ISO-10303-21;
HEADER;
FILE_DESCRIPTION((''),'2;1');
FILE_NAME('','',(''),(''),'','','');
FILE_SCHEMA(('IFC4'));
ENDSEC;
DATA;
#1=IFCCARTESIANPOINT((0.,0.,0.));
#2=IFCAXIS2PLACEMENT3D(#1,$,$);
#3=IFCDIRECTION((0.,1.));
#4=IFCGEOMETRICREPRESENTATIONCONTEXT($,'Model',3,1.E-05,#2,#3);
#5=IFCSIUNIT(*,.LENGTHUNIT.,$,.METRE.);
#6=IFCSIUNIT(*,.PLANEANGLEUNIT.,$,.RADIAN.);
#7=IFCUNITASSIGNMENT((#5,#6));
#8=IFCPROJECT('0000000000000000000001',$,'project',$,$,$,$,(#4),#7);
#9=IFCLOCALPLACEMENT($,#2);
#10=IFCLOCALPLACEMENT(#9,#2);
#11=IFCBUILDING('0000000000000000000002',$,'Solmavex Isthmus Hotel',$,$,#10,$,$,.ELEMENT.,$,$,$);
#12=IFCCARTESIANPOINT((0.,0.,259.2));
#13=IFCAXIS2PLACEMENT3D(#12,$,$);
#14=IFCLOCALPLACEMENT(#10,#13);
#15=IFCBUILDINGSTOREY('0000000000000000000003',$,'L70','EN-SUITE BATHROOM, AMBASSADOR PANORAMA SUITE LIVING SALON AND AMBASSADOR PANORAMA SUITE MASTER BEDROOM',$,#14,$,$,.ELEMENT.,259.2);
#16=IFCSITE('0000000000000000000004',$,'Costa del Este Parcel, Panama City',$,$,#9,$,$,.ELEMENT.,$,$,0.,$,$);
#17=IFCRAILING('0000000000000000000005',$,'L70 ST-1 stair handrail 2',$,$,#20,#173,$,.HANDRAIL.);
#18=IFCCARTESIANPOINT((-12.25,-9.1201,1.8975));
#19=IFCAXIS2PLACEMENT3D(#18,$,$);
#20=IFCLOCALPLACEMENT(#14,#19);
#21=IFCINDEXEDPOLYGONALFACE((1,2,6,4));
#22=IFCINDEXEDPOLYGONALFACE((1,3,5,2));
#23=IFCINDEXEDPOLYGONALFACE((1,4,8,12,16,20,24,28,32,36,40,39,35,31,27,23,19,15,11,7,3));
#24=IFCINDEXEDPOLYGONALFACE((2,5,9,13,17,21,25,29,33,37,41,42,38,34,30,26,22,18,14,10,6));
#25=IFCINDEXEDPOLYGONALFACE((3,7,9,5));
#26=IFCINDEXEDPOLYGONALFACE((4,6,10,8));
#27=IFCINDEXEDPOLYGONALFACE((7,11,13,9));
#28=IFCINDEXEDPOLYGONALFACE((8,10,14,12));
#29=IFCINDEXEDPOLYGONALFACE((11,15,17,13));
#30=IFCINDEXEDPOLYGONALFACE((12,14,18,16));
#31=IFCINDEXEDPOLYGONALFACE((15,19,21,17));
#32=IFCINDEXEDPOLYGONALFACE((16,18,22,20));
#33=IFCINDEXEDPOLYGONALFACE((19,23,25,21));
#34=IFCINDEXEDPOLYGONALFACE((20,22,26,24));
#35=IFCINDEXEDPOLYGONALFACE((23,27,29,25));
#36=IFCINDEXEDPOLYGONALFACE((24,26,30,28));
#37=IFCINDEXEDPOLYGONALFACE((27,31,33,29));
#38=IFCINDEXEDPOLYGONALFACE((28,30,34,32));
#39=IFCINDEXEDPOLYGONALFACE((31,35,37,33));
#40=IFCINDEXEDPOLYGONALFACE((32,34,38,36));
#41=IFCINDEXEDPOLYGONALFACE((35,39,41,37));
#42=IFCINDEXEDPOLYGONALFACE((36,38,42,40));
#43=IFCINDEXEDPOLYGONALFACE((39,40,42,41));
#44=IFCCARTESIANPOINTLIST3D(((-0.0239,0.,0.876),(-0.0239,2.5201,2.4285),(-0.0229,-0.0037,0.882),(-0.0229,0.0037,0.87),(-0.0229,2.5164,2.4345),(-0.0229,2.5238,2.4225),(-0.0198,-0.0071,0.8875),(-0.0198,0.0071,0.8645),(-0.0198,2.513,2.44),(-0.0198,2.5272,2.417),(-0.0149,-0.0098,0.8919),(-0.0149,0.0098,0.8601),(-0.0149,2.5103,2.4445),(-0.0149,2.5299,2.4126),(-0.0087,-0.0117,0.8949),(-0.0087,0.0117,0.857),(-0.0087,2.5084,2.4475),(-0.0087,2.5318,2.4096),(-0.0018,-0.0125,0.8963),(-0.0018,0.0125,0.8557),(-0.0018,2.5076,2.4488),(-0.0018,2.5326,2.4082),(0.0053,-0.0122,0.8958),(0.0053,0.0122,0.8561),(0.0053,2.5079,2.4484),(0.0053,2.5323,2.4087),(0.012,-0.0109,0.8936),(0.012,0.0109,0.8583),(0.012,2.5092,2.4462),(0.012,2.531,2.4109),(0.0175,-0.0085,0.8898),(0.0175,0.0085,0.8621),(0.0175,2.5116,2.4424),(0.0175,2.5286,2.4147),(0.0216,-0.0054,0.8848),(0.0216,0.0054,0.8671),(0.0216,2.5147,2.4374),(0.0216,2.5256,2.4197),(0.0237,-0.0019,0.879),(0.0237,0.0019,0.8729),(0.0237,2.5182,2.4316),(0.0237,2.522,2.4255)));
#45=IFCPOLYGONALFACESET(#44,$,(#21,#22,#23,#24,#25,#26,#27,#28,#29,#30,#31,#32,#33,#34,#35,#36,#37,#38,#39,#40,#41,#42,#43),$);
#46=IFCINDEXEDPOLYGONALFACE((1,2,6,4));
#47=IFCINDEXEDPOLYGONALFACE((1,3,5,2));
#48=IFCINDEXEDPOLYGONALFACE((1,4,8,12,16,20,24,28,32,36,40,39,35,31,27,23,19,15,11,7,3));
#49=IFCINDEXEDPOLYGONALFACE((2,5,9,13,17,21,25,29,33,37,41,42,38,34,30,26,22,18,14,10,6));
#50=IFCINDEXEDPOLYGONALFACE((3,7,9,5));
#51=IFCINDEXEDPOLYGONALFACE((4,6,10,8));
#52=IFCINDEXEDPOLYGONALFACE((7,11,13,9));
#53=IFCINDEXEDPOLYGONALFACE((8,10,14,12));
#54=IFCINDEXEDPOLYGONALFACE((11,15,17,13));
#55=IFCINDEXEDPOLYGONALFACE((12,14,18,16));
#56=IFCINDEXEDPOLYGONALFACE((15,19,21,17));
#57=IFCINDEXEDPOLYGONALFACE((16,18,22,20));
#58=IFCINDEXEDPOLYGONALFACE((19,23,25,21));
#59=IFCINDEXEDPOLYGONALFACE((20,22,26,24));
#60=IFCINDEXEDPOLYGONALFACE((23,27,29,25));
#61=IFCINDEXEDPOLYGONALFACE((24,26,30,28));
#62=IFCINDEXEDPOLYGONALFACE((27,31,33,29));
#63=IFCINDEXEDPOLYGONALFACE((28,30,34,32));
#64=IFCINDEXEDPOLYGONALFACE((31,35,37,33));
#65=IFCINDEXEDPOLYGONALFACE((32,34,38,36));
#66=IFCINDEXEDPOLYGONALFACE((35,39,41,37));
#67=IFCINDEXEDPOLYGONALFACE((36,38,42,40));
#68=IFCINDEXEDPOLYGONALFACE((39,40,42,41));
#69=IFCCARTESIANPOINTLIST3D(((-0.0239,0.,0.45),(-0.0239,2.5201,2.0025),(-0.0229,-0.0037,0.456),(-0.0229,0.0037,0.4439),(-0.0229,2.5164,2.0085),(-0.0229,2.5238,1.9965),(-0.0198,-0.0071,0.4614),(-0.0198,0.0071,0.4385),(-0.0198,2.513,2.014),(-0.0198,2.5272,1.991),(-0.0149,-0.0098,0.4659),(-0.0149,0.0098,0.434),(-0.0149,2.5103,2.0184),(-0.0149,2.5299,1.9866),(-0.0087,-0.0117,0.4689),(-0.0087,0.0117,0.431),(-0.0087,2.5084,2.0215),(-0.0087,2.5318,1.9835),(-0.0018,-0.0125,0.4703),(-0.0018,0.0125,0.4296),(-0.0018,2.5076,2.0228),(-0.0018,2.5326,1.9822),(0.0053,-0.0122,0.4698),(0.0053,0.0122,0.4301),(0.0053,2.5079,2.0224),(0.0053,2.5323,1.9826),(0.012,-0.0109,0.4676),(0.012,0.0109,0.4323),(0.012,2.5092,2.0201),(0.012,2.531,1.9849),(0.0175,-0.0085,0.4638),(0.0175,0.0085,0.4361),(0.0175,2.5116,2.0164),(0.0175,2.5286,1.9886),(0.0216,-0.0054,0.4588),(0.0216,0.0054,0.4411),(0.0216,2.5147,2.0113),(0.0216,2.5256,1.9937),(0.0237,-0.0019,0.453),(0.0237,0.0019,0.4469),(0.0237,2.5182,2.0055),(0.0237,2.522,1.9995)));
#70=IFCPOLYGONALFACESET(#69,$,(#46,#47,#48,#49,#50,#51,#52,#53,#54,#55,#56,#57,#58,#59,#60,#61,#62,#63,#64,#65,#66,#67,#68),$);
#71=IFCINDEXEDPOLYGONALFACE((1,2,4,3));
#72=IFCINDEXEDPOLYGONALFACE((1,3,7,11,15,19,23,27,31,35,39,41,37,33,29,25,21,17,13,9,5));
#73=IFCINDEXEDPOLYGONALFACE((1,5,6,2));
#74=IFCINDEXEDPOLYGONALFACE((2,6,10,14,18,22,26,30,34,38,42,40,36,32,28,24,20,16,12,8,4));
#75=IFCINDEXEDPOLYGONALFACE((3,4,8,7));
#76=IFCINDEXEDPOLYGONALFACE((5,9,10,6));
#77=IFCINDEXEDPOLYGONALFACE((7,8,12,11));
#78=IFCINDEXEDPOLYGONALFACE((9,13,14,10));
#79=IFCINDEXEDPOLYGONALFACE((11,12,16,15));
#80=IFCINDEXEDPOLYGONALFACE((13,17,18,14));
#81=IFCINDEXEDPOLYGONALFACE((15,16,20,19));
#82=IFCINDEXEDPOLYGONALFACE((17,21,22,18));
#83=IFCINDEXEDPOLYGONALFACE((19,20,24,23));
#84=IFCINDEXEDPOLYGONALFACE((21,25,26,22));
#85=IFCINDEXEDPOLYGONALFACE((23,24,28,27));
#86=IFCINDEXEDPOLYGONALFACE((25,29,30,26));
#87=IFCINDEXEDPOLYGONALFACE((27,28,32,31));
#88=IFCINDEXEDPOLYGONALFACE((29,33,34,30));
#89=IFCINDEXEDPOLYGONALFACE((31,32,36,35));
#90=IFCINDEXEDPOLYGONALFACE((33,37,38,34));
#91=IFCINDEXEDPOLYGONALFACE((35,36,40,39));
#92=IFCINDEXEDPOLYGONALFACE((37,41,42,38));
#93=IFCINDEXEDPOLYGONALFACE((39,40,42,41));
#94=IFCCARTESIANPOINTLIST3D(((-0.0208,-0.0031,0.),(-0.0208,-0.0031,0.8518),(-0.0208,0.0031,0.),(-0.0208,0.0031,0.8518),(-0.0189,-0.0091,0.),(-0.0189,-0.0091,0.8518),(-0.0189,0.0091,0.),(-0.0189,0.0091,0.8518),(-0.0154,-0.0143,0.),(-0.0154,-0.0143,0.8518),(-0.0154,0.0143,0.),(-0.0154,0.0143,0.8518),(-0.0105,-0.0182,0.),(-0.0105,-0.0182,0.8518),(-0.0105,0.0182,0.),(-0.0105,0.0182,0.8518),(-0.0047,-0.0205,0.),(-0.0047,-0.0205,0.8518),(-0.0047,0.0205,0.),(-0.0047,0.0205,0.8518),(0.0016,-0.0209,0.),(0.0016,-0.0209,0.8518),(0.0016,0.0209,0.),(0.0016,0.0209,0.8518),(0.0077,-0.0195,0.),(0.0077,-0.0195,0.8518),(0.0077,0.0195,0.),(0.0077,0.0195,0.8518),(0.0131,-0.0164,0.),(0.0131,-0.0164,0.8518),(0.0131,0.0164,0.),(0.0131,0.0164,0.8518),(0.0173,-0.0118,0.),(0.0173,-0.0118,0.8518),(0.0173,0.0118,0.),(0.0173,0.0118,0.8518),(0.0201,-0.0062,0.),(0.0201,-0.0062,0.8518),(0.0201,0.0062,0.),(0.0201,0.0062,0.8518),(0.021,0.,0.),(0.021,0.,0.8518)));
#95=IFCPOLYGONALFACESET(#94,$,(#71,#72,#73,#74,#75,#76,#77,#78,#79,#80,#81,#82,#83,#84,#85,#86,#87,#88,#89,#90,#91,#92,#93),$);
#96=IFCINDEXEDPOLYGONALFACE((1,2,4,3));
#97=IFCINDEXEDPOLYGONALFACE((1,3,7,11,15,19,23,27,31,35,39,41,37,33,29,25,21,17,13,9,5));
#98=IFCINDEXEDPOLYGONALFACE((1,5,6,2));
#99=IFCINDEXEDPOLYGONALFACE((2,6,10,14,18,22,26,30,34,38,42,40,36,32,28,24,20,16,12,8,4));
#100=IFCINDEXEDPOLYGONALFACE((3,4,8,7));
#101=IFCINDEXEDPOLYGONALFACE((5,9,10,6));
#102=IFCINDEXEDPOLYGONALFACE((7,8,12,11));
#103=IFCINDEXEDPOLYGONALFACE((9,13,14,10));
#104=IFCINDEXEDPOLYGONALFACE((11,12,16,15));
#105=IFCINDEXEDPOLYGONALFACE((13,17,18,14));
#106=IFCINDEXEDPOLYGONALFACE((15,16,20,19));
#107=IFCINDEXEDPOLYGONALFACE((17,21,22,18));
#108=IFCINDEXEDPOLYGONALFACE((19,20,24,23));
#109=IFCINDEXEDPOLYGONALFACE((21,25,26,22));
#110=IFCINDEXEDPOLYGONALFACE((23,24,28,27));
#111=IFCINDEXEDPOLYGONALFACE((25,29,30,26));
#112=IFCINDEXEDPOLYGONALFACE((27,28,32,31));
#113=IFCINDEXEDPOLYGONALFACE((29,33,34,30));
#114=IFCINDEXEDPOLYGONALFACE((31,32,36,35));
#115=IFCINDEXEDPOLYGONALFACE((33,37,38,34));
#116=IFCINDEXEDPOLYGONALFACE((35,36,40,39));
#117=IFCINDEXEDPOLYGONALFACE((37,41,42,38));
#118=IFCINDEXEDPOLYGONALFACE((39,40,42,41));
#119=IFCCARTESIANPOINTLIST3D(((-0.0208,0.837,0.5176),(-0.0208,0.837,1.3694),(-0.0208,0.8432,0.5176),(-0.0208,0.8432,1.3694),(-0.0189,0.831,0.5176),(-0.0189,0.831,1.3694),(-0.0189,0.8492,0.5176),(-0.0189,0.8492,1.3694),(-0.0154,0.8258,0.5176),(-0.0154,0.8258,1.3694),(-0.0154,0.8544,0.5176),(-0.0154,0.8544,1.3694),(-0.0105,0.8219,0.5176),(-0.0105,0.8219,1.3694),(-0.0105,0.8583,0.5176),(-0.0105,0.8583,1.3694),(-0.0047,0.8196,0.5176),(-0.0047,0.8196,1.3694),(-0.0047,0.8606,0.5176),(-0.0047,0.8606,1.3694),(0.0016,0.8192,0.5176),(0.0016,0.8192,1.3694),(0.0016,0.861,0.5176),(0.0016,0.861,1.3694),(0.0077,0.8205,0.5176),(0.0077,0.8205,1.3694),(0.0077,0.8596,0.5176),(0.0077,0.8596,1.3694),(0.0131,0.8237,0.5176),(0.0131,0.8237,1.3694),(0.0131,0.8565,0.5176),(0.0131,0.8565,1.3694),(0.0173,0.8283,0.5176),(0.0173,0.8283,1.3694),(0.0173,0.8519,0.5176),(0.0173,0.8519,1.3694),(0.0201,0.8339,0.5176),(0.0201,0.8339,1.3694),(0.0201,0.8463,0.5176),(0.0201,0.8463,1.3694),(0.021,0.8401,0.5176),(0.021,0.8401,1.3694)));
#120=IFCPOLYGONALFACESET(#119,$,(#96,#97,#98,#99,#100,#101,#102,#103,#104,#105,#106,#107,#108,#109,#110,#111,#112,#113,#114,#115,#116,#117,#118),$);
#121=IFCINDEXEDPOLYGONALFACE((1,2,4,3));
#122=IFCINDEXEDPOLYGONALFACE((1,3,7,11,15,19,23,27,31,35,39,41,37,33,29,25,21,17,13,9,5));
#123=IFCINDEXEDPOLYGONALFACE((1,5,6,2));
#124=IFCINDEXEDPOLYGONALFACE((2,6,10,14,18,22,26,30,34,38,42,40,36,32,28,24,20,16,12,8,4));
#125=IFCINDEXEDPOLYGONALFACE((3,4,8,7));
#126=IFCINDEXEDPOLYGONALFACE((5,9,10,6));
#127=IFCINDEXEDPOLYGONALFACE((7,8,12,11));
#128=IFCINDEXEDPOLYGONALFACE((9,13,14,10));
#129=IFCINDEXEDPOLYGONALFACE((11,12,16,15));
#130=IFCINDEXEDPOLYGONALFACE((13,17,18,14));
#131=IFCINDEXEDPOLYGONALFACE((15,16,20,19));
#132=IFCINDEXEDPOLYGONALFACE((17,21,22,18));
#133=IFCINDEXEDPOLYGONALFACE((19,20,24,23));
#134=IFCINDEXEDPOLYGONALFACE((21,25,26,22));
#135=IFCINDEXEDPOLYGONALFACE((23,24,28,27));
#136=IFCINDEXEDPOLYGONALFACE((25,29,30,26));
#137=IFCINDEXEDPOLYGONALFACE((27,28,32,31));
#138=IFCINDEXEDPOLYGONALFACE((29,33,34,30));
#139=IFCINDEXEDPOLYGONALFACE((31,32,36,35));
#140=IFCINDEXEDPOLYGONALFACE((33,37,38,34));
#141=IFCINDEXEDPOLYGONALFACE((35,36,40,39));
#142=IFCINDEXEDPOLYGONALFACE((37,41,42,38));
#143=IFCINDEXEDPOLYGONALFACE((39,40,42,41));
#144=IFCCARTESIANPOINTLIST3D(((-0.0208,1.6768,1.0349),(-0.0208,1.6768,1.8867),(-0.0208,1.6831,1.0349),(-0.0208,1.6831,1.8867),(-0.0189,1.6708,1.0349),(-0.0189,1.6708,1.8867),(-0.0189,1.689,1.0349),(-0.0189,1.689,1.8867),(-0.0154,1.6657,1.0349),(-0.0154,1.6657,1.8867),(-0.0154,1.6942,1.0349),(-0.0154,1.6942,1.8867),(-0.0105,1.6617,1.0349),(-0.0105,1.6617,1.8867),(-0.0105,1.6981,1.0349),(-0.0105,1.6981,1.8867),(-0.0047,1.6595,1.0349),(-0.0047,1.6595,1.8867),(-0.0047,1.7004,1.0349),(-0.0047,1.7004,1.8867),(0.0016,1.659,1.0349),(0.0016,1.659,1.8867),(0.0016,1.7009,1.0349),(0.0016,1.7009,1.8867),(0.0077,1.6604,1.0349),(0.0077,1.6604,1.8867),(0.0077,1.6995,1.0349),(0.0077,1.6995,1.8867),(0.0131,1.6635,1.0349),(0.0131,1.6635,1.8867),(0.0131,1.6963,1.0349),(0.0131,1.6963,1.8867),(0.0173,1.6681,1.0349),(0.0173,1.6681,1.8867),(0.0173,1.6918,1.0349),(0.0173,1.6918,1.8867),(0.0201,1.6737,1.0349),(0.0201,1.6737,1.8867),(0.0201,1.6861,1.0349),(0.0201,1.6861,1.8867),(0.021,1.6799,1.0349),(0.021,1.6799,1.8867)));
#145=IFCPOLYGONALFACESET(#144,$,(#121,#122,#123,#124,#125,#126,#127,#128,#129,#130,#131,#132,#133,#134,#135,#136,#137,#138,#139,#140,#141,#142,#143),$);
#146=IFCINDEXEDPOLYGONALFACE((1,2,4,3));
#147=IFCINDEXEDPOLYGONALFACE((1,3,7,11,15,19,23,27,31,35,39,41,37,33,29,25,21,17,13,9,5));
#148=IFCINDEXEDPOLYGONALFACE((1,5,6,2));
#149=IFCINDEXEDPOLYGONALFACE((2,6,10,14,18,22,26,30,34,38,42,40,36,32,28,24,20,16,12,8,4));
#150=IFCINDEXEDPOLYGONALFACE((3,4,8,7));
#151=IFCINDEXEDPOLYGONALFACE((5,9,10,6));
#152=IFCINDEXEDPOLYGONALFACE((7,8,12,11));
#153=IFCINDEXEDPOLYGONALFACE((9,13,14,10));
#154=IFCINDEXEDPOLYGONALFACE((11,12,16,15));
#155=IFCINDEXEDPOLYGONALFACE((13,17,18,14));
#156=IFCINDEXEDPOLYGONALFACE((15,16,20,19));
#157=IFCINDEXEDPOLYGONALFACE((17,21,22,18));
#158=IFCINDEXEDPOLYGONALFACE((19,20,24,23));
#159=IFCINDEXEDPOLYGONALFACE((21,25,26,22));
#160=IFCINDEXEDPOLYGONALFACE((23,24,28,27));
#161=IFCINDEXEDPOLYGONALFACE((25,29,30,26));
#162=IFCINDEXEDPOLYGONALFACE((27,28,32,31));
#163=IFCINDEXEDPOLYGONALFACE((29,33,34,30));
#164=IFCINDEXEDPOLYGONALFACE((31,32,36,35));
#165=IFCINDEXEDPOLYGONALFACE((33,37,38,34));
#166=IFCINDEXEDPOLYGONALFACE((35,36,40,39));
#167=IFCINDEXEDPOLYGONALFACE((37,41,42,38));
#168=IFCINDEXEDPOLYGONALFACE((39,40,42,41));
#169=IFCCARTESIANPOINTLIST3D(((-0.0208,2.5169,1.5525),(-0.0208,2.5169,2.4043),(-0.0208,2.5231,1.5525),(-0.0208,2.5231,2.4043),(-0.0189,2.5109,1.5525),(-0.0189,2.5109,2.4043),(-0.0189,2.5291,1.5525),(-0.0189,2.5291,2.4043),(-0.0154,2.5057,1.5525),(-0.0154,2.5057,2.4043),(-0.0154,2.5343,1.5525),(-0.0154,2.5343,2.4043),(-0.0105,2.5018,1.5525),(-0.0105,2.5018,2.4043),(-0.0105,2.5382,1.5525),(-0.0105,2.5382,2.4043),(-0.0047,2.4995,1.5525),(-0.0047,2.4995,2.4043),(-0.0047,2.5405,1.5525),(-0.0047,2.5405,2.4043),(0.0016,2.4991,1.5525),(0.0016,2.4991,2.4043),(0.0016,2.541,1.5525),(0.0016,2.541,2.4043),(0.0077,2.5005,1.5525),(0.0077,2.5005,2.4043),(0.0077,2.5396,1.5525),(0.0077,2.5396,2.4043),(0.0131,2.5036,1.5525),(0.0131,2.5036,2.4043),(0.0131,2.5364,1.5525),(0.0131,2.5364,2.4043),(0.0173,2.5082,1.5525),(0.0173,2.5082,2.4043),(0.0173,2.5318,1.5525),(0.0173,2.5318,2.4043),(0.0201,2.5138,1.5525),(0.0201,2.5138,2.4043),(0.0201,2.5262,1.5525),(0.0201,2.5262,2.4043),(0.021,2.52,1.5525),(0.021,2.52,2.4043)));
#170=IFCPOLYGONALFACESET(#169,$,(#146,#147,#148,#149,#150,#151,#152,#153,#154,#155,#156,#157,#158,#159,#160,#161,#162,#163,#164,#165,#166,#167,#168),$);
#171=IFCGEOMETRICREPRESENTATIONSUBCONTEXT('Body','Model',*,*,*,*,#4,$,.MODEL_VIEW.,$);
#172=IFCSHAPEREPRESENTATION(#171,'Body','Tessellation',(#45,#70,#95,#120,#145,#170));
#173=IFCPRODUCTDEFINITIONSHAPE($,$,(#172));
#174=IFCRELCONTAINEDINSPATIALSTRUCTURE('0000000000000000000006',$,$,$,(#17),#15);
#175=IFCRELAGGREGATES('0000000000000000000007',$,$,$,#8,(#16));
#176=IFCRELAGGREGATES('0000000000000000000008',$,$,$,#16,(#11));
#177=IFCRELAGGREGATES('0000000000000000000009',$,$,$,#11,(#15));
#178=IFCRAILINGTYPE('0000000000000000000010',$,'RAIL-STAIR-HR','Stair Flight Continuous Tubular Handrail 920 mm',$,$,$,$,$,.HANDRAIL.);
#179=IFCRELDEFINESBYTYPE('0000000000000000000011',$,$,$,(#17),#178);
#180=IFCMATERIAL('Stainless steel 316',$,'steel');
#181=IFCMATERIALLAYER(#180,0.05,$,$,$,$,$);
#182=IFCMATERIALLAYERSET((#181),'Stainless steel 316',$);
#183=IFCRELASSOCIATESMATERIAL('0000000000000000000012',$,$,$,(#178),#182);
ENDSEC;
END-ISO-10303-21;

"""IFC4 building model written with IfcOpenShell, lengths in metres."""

from ifc_helpers import new_model, si_unit, direction, frame, origin, origin_2d, place, context, subcontext, project, spatial, circle, extrude, material, layer, layer_set, type_object, element, save


model = new_model("IFC4")

# Units and contexts
model_context = context("Model", 3, precision=1e-05, world=origin(), true_north=direction((0.0, 1.0)))
body_context = subcontext(model_context, "Body", "Model", "MODEL_VIEW")
ifc_project = project(units=[si_unit("LENGTHUNIT", "METRE"), si_unit("PLANEANGLEUNIT", "RADIAN")], contexts=[model_context])

# Site, building, storey
site_placement = place(None, origin())
site = spatial("IfcSite", under=ifc_project, at=site_placement, Name="Costa del Este Parcel, Panama City", CompositionType="ELEMENT", RefElevation=0.0)
building_placement = place(site_placement, origin())
building = spatial("IfcBuilding", under=site, at=building_placement, Name="Solmavex Isthmus Hotel", CompositionType="ELEMENT")
storey_placement = place(building_placement, frame((0.0, 0.0, 259.2)))
storey = spatial("IfcBuildingStorey", under=building, at=storey_placement, Name="L70", Description="EN-SUITE BATHROOM, AMBASSADOR PANORAMA SUITE LIVING SALON AND AMBASSADOR PANORAMA SUITE MASTER BEDROOM", CompositionType="ELEMENT", Elevation=259.2)

# Railing
ifc_material_1 = material(Name="Stainless steel 316", Category="steel")
ifc_layer_1 = layer(ifc_material_1, 0.05)
ifc_layer_set_1 = layer_set([ifc_layer_1], Name="Stainless steel 316")
railing_type_1 = type_object("IfcRailingType", Name="RAIL-STAIR-HR", Description="Stair Flight Continuous Tubular Handrail 920 mm", PredefinedType="HANDRAIL", material=ifc_layer_set_1)
railing_1_placement = place(storey_placement, frame((-12.25, -9.1201, 1.8975)))
element("IfcRailing", 1, at=railing_1_placement, inside=storey, type_object=railing_type_1, Name="L70 ST-1 stair handrail 2", PredefinedType="HANDRAIL", context=body_context, shape_type="SweptSolid", body=[
    extrude(circle(Radius=0.0239, at=origin_2d()), frame((0.0, 0.0, 0.876), z_axis=(0.0, 0.8514, 0.524516), x_axis=(-1.0, 0.0, 0.0)), (0.0, 0.0, 1.0), 2.96),
    extrude(circle(Radius=0.0239, at=origin_2d()), frame((0.0, 0.0, 0.45), z_axis=(0.0, 0.8514, 0.524516), x_axis=(-1.0, 0.0, 0.0)), (0.0, 0.0, 1.0), 2.96),
    extrude(circle(Radius=0.021, at=origin_2d()), origin(), (0.0, 0.0, 1.0), 0.8518),
    extrude(circle(Radius=0.021, at=origin_2d()), frame((0.0, 0.8401, 0.5176)), (0.0, 0.0, 1.0), 0.8518),
    extrude(circle(Radius=0.021, at=origin_2d()), frame((0.0, 1.6799, 1.0349)), (0.0, 0.0, 1.0), 0.8518),
    extrude(circle(Radius=0.021, at=origin_2d()), frame((0.0, 2.52, 1.5525)), (0.0, 0.0, 1.0), 0.8518),
])

save(model, "model.ifc")
